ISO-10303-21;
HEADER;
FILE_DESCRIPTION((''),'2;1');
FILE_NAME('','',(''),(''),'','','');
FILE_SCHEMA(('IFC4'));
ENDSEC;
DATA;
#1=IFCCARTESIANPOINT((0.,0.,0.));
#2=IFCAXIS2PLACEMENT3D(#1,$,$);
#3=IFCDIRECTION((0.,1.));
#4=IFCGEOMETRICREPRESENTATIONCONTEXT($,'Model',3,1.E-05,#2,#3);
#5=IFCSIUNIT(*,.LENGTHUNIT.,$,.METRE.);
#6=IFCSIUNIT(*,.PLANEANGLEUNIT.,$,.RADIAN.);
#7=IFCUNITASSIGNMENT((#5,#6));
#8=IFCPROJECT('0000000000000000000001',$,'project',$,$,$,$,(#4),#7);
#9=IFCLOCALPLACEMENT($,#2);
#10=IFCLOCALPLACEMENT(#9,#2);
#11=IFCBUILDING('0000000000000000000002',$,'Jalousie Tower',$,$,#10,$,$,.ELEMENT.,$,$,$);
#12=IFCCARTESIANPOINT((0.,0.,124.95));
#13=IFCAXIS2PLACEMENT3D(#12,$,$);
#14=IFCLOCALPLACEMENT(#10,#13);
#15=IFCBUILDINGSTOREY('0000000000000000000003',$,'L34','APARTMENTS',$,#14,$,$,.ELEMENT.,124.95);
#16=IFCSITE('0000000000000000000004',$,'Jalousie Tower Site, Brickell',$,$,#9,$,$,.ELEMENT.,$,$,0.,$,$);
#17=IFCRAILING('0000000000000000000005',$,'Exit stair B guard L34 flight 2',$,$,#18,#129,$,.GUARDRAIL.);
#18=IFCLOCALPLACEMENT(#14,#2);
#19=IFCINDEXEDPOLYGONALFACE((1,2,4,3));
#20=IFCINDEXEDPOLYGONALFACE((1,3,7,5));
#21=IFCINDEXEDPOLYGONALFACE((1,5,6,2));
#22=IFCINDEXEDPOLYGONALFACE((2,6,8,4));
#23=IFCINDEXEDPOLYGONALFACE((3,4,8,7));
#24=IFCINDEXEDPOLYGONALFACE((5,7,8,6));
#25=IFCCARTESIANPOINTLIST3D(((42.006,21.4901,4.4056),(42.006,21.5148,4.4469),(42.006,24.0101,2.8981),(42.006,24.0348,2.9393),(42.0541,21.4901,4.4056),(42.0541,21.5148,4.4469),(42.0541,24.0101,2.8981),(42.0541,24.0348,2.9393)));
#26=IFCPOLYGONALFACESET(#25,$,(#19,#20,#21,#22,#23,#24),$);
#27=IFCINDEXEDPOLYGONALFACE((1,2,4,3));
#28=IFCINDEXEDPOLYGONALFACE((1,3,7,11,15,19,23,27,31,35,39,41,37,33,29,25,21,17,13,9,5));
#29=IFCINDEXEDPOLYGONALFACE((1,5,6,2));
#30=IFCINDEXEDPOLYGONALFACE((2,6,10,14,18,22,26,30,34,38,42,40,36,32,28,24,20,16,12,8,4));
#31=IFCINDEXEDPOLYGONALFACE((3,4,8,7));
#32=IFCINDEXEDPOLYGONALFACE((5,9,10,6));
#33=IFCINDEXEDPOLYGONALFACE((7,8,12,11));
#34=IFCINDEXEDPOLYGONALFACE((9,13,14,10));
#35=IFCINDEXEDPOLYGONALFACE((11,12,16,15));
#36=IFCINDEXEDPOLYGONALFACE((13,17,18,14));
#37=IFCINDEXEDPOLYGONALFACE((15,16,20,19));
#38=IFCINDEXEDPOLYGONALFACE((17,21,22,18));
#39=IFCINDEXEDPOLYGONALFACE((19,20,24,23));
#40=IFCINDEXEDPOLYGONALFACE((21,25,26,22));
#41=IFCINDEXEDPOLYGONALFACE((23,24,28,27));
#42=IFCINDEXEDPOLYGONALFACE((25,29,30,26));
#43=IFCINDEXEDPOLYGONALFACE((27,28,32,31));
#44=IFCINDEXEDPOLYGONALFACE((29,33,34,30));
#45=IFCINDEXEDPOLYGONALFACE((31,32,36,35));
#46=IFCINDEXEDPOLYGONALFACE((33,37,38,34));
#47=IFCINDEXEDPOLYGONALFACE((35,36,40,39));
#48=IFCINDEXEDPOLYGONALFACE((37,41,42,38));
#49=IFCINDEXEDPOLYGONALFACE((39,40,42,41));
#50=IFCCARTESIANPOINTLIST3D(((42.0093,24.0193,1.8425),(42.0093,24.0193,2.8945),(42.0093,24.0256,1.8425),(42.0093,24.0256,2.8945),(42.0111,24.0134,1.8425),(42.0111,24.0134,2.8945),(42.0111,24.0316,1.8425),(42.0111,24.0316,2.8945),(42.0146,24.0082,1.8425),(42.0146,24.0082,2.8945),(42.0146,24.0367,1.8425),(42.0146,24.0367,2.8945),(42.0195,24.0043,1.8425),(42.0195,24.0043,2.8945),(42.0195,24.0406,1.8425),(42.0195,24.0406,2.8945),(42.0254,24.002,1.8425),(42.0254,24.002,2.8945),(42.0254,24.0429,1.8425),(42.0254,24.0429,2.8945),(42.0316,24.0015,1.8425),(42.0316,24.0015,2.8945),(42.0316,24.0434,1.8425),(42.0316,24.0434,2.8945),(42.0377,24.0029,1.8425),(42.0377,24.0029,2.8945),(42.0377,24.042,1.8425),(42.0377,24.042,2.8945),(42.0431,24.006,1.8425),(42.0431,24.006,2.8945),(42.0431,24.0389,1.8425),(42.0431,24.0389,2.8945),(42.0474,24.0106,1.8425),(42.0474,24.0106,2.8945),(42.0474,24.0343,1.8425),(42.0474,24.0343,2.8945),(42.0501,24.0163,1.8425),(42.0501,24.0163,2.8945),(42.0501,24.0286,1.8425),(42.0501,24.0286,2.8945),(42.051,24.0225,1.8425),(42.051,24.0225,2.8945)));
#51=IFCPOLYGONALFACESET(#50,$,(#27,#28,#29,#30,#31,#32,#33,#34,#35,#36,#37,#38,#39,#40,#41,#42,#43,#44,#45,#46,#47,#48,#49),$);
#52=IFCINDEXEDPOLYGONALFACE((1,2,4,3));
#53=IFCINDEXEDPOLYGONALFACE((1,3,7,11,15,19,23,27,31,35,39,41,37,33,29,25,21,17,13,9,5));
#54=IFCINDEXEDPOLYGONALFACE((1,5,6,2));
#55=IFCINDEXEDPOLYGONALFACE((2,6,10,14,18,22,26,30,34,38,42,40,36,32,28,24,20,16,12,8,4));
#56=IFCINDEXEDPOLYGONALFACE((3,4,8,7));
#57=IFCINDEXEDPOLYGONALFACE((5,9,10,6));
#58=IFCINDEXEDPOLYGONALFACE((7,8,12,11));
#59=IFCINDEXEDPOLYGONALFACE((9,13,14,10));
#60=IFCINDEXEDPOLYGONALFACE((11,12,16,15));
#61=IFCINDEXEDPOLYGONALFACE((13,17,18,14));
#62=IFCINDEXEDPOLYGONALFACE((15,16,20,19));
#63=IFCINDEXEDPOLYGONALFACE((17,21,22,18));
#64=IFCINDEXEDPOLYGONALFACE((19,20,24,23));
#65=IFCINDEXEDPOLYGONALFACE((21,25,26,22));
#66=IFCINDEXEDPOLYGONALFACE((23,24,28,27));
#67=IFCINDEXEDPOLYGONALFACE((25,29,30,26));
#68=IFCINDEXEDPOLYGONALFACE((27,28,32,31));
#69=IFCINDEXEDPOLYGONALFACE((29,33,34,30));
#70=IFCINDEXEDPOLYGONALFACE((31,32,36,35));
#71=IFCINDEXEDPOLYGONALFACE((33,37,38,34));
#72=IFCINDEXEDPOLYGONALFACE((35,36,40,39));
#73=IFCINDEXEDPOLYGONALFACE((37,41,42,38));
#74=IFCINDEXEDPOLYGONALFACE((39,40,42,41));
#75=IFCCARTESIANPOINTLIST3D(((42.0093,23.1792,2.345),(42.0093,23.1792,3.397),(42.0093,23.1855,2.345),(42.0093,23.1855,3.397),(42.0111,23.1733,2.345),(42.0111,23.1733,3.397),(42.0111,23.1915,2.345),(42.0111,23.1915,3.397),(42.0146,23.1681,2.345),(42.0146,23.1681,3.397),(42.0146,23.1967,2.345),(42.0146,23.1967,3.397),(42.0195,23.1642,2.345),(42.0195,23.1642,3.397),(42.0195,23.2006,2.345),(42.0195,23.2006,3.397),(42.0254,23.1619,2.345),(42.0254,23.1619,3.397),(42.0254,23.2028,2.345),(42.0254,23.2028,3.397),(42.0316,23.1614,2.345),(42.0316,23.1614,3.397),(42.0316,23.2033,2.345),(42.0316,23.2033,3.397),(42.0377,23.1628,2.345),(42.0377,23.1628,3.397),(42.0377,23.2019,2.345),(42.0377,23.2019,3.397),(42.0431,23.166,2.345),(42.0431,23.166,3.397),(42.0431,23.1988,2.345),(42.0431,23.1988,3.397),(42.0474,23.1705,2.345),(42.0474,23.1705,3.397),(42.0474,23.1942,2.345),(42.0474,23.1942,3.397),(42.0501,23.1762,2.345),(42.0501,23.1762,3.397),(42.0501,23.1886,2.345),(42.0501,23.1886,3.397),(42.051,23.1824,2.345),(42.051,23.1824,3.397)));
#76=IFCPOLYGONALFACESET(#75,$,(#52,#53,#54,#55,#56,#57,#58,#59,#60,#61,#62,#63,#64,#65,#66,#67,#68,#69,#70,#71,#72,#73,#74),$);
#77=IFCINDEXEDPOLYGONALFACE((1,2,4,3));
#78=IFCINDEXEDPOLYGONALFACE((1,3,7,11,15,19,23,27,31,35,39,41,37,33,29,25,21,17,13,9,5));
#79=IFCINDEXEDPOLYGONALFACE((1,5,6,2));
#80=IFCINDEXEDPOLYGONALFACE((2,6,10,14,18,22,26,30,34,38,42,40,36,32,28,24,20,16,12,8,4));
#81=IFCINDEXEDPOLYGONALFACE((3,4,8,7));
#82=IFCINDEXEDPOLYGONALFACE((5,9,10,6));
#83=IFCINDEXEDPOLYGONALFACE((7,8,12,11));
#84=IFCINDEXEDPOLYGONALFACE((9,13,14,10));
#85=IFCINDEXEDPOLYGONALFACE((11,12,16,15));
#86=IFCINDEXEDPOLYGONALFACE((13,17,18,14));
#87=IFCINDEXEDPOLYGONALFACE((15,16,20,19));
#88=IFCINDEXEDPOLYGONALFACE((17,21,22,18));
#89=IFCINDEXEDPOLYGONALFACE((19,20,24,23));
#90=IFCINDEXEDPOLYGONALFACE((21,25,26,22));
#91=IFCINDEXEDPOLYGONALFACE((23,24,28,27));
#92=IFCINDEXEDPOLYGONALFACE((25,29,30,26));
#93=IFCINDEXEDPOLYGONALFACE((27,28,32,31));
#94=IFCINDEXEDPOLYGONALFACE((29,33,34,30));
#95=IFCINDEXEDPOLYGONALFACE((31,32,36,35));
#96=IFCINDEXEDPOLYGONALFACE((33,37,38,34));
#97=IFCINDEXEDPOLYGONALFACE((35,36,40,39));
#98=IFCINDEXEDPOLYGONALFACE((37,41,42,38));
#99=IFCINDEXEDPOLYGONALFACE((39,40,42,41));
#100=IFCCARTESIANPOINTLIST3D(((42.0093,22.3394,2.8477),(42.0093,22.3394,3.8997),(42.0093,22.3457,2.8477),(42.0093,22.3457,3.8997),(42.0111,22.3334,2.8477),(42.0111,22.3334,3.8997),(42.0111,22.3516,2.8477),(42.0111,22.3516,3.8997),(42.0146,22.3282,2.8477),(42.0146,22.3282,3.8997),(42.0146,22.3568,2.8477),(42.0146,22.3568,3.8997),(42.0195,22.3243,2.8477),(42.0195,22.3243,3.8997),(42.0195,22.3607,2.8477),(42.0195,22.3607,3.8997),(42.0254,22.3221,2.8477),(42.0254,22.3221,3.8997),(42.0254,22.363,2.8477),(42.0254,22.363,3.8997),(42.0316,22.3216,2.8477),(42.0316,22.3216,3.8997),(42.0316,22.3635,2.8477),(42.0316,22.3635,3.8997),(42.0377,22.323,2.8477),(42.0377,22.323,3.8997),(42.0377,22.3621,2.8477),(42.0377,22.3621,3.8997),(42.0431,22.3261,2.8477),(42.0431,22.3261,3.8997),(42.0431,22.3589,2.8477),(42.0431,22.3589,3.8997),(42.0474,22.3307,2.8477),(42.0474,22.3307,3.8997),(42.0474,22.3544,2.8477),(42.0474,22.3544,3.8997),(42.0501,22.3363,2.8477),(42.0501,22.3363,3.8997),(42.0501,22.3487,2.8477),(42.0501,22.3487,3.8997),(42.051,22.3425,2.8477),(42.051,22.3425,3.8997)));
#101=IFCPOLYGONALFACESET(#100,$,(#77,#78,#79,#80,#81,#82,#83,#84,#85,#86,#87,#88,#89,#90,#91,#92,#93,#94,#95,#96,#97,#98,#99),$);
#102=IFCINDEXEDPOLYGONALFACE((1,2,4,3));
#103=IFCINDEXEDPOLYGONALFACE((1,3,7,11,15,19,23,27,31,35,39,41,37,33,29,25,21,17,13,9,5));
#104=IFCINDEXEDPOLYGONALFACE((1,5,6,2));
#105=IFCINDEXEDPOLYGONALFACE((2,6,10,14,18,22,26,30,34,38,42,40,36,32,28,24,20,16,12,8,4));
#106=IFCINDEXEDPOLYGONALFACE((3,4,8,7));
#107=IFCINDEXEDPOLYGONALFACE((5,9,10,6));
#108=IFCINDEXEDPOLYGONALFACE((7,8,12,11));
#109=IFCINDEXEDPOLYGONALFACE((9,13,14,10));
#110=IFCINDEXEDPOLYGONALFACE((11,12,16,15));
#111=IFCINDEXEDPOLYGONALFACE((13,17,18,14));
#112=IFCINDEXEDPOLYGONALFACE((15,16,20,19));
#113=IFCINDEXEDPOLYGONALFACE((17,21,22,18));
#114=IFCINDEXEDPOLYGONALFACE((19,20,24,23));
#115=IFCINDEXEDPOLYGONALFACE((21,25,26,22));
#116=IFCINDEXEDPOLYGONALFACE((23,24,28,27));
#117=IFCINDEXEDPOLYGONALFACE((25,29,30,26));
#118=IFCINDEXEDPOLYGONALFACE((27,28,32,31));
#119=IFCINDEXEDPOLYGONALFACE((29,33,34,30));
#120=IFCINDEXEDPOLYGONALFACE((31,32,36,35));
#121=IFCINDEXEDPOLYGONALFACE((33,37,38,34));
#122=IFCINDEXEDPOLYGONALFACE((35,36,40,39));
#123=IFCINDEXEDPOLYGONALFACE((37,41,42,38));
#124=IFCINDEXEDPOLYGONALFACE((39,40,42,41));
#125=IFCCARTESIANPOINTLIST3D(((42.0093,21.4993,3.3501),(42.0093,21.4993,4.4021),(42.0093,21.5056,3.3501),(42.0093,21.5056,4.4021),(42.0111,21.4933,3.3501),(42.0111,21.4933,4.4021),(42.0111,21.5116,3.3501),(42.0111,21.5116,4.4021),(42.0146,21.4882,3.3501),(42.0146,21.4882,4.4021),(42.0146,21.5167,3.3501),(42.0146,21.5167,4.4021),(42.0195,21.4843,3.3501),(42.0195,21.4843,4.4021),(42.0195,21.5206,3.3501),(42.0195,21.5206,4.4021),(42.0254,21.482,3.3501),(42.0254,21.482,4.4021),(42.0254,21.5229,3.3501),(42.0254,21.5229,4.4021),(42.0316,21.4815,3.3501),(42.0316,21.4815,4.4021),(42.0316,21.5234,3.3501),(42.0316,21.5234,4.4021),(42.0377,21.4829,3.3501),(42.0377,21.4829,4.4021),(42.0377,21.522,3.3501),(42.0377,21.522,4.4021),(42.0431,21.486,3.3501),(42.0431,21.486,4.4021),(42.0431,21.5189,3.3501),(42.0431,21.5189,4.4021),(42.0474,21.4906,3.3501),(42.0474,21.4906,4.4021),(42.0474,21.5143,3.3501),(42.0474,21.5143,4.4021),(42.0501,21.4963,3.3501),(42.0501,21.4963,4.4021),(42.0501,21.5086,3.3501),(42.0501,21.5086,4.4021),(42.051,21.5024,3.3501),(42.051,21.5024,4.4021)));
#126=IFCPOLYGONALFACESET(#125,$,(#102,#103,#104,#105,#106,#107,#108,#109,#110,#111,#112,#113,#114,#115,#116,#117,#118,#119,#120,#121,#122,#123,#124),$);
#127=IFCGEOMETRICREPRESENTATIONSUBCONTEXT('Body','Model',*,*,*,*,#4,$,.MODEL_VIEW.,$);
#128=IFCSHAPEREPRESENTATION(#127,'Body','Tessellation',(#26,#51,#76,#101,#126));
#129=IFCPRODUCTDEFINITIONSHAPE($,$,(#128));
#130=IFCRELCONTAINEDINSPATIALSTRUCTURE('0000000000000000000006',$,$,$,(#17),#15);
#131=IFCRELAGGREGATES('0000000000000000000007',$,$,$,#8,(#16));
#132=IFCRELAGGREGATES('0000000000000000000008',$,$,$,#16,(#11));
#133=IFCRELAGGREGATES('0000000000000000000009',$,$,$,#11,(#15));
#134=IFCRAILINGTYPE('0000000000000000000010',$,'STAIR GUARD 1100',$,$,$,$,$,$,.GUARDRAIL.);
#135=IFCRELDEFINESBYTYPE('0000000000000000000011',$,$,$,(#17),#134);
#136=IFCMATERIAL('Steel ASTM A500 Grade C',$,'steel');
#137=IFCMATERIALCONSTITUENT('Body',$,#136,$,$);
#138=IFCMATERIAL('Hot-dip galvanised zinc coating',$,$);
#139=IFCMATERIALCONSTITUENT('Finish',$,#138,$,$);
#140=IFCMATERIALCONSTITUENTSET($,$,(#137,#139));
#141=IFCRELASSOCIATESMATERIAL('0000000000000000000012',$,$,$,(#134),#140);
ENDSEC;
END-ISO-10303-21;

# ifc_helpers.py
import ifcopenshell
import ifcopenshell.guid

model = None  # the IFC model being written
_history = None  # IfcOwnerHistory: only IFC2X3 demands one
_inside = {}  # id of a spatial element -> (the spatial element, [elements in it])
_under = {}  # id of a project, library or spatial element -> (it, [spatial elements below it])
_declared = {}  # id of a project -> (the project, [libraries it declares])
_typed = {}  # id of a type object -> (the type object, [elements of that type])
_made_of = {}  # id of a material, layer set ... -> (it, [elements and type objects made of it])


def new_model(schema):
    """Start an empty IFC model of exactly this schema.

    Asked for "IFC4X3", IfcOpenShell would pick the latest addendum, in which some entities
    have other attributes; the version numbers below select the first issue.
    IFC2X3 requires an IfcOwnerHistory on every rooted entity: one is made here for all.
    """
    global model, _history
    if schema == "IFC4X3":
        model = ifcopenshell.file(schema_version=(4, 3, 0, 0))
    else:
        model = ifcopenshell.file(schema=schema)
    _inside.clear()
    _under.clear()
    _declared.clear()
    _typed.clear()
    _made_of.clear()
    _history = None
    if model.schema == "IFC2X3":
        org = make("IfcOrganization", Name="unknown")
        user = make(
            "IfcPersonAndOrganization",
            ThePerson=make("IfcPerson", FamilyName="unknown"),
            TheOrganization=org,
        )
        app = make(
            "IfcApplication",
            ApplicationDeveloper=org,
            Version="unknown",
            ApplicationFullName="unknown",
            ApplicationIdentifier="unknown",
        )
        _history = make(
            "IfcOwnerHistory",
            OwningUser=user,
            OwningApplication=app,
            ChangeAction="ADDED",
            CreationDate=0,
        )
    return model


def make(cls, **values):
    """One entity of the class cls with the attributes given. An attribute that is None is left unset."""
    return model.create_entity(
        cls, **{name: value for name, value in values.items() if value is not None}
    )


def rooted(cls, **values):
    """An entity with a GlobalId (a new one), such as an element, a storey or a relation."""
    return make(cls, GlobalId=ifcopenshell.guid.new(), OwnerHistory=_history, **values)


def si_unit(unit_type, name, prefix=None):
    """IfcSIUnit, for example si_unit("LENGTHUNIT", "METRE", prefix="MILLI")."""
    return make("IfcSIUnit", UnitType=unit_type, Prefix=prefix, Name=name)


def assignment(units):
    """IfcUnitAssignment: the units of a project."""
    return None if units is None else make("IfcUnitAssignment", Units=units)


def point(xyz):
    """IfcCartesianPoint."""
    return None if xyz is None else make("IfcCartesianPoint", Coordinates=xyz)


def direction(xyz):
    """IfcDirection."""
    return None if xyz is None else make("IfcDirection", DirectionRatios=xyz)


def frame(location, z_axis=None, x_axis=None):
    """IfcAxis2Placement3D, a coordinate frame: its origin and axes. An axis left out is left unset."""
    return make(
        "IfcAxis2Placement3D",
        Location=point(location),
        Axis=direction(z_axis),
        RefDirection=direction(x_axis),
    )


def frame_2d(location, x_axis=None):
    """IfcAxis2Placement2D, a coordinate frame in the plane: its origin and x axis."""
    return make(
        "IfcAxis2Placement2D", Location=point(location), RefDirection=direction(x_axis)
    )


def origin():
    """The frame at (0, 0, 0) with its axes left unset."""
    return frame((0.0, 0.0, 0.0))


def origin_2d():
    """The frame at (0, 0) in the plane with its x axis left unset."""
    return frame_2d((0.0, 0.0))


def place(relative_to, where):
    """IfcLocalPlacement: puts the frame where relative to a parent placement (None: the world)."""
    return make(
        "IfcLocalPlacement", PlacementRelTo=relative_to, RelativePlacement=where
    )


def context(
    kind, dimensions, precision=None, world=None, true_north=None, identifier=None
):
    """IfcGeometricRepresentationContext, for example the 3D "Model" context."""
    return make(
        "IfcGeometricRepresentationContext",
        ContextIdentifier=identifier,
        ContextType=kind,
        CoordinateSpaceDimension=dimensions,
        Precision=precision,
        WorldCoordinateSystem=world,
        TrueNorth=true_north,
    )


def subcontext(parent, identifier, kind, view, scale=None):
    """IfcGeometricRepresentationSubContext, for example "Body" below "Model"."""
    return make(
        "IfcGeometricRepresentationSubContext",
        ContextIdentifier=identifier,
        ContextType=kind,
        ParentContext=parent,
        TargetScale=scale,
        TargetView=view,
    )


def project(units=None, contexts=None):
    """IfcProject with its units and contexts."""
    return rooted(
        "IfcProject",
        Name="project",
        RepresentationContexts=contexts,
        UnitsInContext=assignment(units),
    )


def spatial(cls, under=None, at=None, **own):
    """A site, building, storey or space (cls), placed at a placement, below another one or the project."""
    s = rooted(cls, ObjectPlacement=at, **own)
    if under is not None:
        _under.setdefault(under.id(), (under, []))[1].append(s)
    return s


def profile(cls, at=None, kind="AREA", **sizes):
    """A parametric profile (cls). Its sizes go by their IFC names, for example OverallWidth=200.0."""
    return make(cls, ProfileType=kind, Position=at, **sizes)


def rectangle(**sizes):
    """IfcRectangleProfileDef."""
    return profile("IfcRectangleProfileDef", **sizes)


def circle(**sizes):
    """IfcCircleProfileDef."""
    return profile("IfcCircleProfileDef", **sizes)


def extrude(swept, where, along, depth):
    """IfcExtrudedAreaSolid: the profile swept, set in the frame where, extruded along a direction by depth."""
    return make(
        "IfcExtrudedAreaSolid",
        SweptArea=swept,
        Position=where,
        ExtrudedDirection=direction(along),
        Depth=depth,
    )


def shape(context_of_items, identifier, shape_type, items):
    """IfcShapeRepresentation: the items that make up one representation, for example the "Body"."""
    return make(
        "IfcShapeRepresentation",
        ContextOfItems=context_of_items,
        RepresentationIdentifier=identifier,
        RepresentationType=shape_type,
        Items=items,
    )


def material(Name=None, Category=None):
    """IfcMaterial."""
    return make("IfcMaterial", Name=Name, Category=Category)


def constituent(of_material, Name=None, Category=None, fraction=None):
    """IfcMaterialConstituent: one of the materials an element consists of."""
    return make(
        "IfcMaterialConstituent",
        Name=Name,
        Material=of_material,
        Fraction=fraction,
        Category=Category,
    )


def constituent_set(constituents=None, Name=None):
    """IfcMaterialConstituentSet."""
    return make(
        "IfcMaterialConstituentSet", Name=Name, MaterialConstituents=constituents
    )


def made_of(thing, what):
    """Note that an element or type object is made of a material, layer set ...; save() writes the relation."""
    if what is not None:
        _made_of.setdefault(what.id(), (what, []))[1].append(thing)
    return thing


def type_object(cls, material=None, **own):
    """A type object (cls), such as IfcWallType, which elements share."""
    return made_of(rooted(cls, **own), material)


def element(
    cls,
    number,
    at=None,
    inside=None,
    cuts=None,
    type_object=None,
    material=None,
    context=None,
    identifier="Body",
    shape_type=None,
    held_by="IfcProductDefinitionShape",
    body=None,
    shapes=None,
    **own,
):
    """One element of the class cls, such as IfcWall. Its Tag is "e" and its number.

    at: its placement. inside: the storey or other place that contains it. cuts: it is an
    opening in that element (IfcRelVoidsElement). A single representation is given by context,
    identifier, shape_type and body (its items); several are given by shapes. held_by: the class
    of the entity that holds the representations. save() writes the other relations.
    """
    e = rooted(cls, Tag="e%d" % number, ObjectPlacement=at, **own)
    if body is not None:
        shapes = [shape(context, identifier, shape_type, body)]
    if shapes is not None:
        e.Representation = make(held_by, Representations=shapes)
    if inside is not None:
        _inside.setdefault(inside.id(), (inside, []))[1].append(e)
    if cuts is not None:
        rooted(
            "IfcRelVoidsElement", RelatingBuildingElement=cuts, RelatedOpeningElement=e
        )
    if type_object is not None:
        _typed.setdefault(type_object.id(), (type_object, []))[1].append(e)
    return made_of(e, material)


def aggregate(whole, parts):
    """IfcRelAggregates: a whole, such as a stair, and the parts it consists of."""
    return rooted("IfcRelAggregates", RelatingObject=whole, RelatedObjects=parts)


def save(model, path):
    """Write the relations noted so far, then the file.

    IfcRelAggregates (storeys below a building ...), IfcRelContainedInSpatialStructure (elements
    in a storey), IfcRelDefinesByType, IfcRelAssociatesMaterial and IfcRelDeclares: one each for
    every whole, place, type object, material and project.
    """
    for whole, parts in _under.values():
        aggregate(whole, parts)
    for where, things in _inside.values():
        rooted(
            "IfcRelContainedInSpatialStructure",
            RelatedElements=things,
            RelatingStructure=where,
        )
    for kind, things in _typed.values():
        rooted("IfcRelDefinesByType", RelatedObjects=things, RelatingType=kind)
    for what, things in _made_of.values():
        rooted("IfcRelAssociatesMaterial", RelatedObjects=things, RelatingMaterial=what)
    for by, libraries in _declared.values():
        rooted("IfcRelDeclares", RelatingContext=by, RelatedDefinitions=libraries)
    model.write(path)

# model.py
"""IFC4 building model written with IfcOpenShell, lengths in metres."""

from ifc_helpers import new_model, si_unit, direction, frame, origin, origin_2d, place, context, subcontext, project, spatial, rectangle, circle, extrude, material, constituent, constituent_set, type_object, element, save


model = new_model("IFC4")

# Units and contexts
model_context = context("Model", 3, precision=1e-05, world=origin(), true_north=direction((0.0, 1.0)))
body_context = subcontext(model_context, "Body", "Model", "MODEL_VIEW")
ifc_project = project(units=[si_unit("LENGTHUNIT", "METRE"), si_unit("PLANEANGLEUNIT", "RADIAN")], contexts=[model_context])

# Site, building, storey
site_placement = place(None, origin())
site = spatial("IfcSite", under=ifc_project, at=site_placement, Name="Jalousie Tower Site, Brickell", CompositionType="ELEMENT", RefElevation=0.0)
building_placement = place(site_placement, origin())
building = spatial("IfcBuilding", under=site, at=building_placement, Name="Jalousie Tower", CompositionType="ELEMENT")
storey_placement = place(building_placement, frame((0.0, 0.0, 124.95)))
storey = spatial("IfcBuildingStorey", under=building, at=storey_placement, Name="L34", Description="APARTMENTS", CompositionType="ELEMENT", Elevation=124.95)

# Railing
ifc_material_1 = material(Name="Steel ASTM A500 Grade C", Category="steel")
ifc_constituent_1 = constituent(ifc_material_1, Name="Body")
ifc_material_2 = material(Name="Hot-dip galvanised zinc coating")
ifc_constituent_2 = constituent(ifc_material_2, Name="Finish")
ifc_constituent_set_1 = constituent_set(constituents=[ifc_constituent_1, ifc_constituent_2])
railing_type_1 = type_object("IfcRailingType", Name="STAIR GUARD 1100", PredefinedType="GUARDRAIL", material=ifc_constituent_set_1)
railing_1_placement = place(storey_placement, frame((42.03, 24.0225, 1.8425)))
element("IfcRailing", 1, at=railing_1_placement, inside=storey, type_object=railing_type_1, Name="Exit stair B guard L34 flight 2", PredefinedType="GUARDRAIL", context=body_context, shape_type="SweptSolid", body=[
    extrude(rectangle(XDim=0.0481, YDim=0.0481, at=origin_2d()), frame((0.0, 0.0, 1.0762), z_axis=(0.0, -0.85816, 0.513383), x_axis=(1.0, 0.0, 0.0)), (0.0, 0.0, 1.0), 2.9365),
    extrude(circle(Radius=0.021, at=origin_2d()), origin(), (0.0, 0.0, 1.0), 1.052),
    extrude(circle(Radius=0.021, at=origin_2d()), frame((0.0, -0.8401, 0.5024)), (0.0, 0.0, 1.0), 1.052),
    extrude(circle(Radius=0.021, at=origin_2d()), frame((0.0, -1.6799, 1.0051)), (0.0, 0.0, 1.0), 1.052),
    extrude(circle(Radius=0.021, at=origin_2d()), frame((0.0, -2.52, 1.5076)), (0.0, 0.0, 1.0), 1.052),
])

save(model, "model.ifc")
